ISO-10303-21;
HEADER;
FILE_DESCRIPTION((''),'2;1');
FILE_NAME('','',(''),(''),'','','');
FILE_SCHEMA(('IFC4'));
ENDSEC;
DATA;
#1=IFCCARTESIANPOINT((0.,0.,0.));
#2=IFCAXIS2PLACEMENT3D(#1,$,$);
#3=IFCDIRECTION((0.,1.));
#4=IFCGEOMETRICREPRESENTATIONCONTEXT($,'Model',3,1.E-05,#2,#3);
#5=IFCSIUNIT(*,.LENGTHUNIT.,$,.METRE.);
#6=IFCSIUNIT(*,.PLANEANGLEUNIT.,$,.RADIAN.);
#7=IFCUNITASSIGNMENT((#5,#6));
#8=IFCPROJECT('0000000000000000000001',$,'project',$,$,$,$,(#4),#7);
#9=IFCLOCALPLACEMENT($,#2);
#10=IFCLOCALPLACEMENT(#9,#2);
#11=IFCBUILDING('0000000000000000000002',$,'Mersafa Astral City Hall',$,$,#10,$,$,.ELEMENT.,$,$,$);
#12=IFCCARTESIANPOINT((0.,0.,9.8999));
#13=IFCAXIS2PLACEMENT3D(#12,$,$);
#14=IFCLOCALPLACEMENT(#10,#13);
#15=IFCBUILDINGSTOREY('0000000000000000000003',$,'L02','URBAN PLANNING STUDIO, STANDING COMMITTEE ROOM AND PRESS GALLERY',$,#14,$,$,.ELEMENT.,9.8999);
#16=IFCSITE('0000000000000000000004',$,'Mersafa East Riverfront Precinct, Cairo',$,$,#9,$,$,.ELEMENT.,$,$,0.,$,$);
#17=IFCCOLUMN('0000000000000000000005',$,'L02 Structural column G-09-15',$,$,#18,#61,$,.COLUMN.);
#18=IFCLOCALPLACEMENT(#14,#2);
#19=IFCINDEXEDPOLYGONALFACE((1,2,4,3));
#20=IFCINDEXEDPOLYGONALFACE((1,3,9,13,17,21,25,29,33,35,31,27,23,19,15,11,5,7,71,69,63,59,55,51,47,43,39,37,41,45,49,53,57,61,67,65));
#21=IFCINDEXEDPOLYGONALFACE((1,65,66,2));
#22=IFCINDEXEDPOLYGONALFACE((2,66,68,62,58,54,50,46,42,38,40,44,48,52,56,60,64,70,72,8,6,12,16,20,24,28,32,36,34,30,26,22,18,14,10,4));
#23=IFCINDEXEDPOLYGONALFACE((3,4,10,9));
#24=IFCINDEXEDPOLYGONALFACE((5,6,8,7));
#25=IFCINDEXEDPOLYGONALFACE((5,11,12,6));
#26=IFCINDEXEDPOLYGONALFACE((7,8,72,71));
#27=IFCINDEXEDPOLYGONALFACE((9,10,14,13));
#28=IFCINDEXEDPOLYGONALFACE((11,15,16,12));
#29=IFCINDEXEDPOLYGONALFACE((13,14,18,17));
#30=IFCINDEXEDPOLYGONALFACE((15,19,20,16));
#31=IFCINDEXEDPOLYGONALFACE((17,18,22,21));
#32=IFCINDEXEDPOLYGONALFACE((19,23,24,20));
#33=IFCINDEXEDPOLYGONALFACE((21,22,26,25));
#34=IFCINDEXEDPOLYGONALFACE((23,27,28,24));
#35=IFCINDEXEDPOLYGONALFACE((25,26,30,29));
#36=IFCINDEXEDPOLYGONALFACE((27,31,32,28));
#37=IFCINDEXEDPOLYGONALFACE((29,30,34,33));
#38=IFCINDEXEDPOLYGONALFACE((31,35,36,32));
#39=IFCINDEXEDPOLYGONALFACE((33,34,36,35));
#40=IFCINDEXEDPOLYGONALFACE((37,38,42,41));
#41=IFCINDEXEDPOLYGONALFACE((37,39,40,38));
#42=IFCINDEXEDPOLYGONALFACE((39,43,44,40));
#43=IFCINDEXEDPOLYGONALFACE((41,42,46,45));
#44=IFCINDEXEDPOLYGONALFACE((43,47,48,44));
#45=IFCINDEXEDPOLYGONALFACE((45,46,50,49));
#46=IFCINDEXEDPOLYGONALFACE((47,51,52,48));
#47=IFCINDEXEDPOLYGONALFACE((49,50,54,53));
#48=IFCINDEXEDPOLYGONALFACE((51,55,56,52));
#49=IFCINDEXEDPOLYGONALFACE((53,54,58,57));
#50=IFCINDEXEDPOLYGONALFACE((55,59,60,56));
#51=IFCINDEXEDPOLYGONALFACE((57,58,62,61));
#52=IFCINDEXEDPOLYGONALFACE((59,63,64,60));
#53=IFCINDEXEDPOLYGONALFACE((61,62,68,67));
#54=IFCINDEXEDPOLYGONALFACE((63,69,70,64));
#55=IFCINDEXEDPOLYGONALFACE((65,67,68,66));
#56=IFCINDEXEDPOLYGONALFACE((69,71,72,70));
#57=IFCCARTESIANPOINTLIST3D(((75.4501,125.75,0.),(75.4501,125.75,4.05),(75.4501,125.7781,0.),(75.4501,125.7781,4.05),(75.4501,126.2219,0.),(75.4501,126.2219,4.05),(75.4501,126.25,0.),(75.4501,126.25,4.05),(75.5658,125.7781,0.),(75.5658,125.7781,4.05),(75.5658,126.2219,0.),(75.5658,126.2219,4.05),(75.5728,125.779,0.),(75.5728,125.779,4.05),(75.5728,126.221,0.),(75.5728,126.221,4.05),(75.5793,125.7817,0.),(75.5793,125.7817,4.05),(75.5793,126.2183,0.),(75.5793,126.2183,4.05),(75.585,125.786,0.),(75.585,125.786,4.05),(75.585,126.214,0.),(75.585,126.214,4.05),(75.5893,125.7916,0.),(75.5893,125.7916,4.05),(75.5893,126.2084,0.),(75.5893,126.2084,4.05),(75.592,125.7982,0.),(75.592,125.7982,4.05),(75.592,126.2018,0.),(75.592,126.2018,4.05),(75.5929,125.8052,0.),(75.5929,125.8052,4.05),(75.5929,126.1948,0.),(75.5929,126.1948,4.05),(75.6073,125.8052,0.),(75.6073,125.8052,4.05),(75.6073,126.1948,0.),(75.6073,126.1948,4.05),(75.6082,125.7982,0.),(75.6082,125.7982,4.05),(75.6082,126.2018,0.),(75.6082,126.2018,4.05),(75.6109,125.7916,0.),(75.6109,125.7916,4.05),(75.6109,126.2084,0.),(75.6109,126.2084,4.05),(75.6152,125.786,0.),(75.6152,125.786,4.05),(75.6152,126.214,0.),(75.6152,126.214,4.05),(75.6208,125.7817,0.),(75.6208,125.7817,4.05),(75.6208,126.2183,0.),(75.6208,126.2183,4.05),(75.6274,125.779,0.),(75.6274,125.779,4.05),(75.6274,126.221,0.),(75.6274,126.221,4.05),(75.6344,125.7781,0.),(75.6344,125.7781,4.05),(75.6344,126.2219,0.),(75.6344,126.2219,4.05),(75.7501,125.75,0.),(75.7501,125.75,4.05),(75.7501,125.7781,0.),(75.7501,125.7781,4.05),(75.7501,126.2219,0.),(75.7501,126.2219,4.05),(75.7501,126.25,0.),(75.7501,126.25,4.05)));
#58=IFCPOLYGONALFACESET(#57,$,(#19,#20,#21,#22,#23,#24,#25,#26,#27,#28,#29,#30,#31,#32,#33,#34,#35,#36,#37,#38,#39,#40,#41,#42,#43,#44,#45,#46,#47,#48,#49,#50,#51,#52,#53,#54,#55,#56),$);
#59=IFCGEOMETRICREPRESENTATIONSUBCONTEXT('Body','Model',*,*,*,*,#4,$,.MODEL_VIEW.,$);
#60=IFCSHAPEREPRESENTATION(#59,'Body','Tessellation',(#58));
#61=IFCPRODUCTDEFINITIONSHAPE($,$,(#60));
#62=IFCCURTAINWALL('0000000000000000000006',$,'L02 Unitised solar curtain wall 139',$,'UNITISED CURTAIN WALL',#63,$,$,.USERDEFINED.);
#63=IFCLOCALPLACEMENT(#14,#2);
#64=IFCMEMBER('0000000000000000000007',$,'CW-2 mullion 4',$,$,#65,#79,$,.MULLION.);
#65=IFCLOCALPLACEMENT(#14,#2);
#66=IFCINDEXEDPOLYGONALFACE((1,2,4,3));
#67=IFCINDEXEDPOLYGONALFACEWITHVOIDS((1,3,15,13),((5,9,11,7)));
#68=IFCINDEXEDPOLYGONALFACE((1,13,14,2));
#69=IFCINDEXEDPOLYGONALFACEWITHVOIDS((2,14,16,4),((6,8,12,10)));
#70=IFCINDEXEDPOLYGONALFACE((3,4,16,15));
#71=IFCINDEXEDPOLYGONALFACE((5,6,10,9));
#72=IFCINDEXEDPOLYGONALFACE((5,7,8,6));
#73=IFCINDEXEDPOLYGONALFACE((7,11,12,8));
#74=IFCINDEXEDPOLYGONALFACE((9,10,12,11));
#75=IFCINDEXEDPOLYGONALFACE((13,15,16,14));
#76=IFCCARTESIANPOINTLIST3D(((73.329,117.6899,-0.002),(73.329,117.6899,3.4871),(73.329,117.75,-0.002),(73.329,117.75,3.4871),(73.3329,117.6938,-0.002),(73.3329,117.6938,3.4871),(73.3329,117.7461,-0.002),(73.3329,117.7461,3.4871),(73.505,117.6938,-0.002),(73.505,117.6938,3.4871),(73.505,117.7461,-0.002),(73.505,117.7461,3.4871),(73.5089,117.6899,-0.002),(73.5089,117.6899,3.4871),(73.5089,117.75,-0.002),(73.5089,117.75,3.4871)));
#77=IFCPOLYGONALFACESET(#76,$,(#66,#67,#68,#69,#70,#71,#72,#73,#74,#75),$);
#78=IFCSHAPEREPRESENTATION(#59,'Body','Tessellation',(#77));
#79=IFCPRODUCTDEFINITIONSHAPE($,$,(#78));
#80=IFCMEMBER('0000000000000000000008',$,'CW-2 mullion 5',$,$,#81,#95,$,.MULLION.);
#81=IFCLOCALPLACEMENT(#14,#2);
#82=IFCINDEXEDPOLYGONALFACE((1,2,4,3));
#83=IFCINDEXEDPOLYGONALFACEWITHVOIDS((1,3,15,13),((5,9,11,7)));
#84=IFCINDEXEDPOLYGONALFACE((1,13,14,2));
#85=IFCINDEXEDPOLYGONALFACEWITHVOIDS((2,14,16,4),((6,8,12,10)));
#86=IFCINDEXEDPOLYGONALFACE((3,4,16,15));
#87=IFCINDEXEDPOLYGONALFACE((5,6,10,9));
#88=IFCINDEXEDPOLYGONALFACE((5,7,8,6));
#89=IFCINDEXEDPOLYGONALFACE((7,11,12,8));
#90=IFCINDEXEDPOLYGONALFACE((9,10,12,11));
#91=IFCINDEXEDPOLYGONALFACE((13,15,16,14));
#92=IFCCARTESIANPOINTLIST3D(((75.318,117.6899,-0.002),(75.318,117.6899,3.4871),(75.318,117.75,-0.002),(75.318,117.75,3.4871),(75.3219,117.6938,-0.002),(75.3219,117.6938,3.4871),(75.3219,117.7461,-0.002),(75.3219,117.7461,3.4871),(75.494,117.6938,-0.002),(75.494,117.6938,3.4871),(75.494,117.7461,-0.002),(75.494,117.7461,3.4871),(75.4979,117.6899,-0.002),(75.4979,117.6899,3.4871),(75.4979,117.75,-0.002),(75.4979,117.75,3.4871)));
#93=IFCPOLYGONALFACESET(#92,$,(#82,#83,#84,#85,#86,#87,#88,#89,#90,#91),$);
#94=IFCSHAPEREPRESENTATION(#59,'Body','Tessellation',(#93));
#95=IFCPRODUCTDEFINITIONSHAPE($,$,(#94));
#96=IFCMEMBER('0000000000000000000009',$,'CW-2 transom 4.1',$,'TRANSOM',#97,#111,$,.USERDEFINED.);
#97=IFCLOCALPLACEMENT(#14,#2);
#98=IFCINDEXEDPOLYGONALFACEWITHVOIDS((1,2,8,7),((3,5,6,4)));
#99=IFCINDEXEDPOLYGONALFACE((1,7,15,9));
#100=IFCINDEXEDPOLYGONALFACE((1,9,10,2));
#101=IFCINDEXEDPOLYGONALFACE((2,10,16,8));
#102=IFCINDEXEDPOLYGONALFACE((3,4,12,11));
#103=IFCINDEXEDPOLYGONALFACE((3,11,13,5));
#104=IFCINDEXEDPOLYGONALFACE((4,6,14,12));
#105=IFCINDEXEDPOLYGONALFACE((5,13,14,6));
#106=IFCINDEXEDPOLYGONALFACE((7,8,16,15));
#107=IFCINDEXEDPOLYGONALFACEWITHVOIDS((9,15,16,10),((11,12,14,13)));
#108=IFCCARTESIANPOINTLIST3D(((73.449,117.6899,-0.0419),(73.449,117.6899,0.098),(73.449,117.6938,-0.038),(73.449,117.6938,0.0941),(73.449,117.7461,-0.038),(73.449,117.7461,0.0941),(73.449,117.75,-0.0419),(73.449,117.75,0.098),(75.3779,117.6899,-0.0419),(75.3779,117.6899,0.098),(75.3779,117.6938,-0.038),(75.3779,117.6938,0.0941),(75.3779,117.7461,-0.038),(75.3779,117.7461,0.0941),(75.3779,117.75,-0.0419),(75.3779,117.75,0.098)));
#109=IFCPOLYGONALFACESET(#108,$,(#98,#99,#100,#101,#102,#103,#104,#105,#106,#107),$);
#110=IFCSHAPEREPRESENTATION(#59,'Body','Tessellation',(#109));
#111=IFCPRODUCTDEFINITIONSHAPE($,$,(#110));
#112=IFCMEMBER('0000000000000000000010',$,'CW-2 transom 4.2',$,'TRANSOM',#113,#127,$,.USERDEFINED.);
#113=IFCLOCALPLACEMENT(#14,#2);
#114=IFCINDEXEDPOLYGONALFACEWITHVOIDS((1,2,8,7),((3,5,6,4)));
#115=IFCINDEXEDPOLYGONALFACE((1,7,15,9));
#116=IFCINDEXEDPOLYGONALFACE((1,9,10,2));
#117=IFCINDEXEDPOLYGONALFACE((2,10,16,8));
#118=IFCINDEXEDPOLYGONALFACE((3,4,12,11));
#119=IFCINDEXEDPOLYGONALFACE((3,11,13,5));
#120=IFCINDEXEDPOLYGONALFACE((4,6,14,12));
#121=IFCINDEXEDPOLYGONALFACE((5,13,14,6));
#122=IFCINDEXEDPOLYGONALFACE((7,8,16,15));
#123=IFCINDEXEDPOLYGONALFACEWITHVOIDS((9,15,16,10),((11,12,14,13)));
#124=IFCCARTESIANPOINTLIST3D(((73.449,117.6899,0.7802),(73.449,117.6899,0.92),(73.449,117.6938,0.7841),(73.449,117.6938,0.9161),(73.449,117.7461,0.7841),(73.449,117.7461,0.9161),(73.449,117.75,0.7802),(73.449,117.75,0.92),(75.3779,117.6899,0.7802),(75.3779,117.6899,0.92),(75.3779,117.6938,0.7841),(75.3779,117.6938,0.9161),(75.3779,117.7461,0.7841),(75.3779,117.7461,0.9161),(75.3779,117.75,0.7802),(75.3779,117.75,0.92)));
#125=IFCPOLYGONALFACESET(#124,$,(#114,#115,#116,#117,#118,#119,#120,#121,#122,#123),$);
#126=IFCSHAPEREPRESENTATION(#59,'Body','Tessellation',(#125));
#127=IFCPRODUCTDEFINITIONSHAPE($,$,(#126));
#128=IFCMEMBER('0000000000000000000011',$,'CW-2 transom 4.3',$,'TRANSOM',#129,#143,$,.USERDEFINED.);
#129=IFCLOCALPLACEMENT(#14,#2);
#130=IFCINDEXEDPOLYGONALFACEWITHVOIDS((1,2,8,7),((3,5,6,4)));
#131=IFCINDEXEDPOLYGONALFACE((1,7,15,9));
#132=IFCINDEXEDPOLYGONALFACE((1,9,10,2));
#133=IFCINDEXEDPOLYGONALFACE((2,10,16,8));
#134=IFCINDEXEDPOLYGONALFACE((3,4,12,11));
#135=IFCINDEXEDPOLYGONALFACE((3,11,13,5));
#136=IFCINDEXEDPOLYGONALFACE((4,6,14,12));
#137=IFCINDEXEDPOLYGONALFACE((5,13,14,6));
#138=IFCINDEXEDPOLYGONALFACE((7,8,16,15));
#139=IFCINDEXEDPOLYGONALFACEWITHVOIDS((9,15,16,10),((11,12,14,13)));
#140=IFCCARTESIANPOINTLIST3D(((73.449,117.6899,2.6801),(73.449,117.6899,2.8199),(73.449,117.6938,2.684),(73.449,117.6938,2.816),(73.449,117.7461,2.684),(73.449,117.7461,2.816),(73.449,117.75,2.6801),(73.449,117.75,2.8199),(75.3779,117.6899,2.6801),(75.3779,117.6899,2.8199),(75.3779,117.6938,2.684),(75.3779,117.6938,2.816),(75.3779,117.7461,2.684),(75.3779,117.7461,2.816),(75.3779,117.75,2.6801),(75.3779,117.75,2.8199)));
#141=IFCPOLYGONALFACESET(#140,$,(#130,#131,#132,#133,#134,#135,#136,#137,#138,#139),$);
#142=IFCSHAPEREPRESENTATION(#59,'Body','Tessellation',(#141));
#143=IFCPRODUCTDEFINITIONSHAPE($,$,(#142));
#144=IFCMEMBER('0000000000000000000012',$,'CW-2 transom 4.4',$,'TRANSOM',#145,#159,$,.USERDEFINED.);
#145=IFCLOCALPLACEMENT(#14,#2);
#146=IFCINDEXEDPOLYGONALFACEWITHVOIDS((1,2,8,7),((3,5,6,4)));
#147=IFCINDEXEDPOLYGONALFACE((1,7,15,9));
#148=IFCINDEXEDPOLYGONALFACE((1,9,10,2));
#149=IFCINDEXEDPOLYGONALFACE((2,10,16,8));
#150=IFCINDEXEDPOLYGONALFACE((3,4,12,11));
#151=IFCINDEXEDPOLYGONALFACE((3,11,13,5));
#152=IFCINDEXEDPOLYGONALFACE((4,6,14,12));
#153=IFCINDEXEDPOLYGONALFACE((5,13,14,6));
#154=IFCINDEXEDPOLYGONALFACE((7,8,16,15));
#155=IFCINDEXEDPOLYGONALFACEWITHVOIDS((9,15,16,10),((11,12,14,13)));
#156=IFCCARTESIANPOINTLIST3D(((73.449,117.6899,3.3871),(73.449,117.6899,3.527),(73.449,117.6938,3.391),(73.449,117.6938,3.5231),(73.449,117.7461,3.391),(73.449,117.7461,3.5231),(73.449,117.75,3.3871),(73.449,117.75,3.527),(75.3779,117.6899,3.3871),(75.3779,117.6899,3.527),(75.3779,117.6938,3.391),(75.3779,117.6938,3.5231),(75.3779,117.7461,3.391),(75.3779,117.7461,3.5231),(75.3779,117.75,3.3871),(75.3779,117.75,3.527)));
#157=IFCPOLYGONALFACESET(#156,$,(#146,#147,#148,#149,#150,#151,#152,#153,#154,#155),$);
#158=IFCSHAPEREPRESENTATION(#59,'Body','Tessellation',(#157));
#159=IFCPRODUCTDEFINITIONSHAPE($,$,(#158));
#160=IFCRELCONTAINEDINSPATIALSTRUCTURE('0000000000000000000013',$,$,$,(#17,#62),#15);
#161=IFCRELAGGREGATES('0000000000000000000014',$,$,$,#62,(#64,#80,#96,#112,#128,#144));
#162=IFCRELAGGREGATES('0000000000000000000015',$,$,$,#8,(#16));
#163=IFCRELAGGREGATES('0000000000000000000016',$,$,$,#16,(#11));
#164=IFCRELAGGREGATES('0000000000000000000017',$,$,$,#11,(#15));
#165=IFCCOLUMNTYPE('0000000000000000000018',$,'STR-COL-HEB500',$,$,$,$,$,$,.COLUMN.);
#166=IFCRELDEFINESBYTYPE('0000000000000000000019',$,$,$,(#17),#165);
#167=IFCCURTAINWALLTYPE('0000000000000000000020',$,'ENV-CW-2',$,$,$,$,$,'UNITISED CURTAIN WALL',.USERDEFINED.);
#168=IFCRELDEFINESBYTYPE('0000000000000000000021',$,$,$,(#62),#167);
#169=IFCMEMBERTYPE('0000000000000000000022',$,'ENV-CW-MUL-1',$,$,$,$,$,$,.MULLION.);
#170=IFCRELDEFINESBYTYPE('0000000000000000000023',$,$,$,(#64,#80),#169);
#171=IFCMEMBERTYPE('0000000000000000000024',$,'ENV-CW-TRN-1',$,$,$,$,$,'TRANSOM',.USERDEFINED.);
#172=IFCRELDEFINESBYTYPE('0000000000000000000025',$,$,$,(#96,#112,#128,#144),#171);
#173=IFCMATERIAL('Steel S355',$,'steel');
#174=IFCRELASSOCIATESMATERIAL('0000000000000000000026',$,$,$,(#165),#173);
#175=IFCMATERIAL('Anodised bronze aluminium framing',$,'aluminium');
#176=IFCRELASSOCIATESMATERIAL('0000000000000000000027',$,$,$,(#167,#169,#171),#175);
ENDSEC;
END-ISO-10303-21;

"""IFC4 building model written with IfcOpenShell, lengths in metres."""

from ifc_helpers import new_model, si_unit, direction, frame, origin, origin_2d, place, context, subcontext, project, spatial, hollow_rectangle, i_section, extrude, material, material_profile, profile_set, type_object, element, aggregate, save


model = new_model("IFC4")

# Units and contexts
model_context = context("Model", 3, precision=1e-05, world=origin(), true_north=direction((0.0, 1.0)))
body_context = subcontext(model_context, "Body", "Model", "MODEL_VIEW")
ifc_project = project(units=[si_unit("LENGTHUNIT", "METRE"), si_unit("PLANEANGLEUNIT", "RADIAN")], contexts=[model_context])

# Site, building, storey
site_placement = place(None, origin())
site = spatial("IfcSite", under=ifc_project, at=site_placement, Name="Mersafa East Riverfront Precinct, Cairo", CompositionType="ELEMENT", RefElevation=0.0)
building_placement = place(site_placement, origin())
building = spatial("IfcBuilding", under=site, at=building_placement, Name="Mersafa Astral City Hall", CompositionType="ELEMENT")
storey_placement = place(building_placement, frame((0.0, 0.0, 9.8999)))
storey = spatial("IfcBuildingStorey", under=building, at=storey_placement, Name="L02", Description="URBAN PLANNING STUDIO, STANDING COMMITTEE ROOM AND PRESS GALLERY", CompositionType="ELEMENT", Elevation=9.8999)

# Column
ifc_material_1 = material(Name="Steel S355", Category="steel")
ifc_material_profile_1 = material_profile(ifc_material_1, i_section(OverallWidth=0.3, OverallDepth=0.5, WebThickness=0.0144, FlangeThickness=0.0281, FilletRadius=0.0271, at=origin_2d()), Name="HEB 500")
ifc_profile_set_1 = profile_set([ifc_material_profile_1], Name="Steel S355")
column_type = type_object("IfcColumnType", Name="STR-COL-HEB500", PredefinedType="COLUMN", material=ifc_profile_set_1)
column_placement = place(storey_placement, frame((75.6001, 126.0, 0.0), z_axis=(0.0, 0.0, 1.0), x_axis=(1.0, 0.0, 0.0)))
element("IfcColumn", 1, at=column_placement, inside=storey, type_object=column_type, Name="L02 Structural column G-09-15", PredefinedType="COLUMN", context=body_context, shape_type="SweptSolid", body=[
    extrude(i_section(OverallWidth=0.3, OverallDepth=0.5, WebThickness=0.0144, FlangeThickness=0.0281, FilletRadius=0.0271, at=origin_2d()), origin(), (0.0, 0.0, 1.0), 4.05),
])

# Curtain wall, members
ifc_material_2 = material(Name="Anodised bronze aluminium framing", Category="aluminium")
curtain_wall_type = type_object("IfcCurtainWallType", Name="ENV-CW-2", ElementType="UNITISED CURTAIN WALL", PredefinedType="USERDEFINED", material=ifc_material_2)
curtain_wall_placement = place(storey_placement, origin())
curtain_wall = element("IfcCurtainWall", 2, at=curtain_wall_placement, inside=storey, type_object=curtain_wall_type, Name="L02 Unitised solar curtain wall 139", ObjectType="UNITISED CURTAIN WALL", PredefinedType="USERDEFINED")
ifc_material_profile_2 = material_profile(ifc_material_2, hollow_rectangle(XDim=0.0601, YDim=0.1799, WallThickness=0.0039, at=origin_2d()), Name="RHS 60x180x4")
ifc_profile_set_2 = profile_set([ifc_material_profile_2], Name="Anodised bronze aluminium framing")
member_type_1 = type_object("IfcMemberType", Name="ENV-CW-MUL-1", PredefinedType="MULLION", material=ifc_profile_set_2)
member_1_placement = place(storey_placement, frame((73.4189, 117.72, -0.002), z_axis=(0.0, 0.0, 1.0), x_axis=(0.0, 1.0, 0.0)))
member_1 = element("IfcMember", 3, at=member_1_placement, type_object=member_type_1, Name="CW-2 mullion 4", PredefinedType="MULLION", context=body_context, shape_type="SweptSolid", body=[
    extrude(hollow_rectangle(XDim=0.0601, YDim=0.1799, WallThickness=0.0039, at=origin_2d()), origin(), (0.0, 0.0, 1.0), 3.489),
])
member_2_placement = place(storey_placement, frame((75.408, 117.72, -0.002), z_axis=(0.0, 0.0, 1.0), x_axis=(0.0, 1.0, 0.0)))
member_2 = element("IfcMember", 4, at=member_2_placement, type_object=member_type_1, Name="CW-2 mullion 5", PredefinedType="MULLION", context=body_context, shape_type="SweptSolid", body=[
    extrude(hollow_rectangle(XDim=0.0601, YDim=0.1799, WallThickness=0.0039, at=origin_2d()), origin(), (0.0, 0.0, 1.0), 3.489),
])
ifc_material_profile_3 = material_profile(ifc_material_2, hollow_rectangle(XDim=0.0601, YDim=0.1399, WallThickness=0.0039, at=origin_2d()), Name="RHS 60x140x4")
ifc_profile_set_3 = profile_set([ifc_material_profile_3], Name="Anodised bronze aluminium framing")
member_type_2 = type_object("IfcMemberType", Name="ENV-CW-TRN-1", ElementType="TRANSOM", PredefinedType="USERDEFINED", material=ifc_profile_set_3)
member_3_placement = place(storey_placement, frame((73.449, 117.72, 0.0281), z_axis=(1.0, 0.0, 0.0), x_axis=(0.0, 1.0, 0.0)))
member_3 = element("IfcMember", 5, at=member_3_placement, type_object=member_type_2, Name="CW-2 transom 4.1", ObjectType="TRANSOM", PredefinedType="USERDEFINED", context=body_context, shape_type="SweptSolid", body=[
    extrude(hollow_rectangle(XDim=0.0601, YDim=0.1399, WallThickness=0.0039, at=origin_2d()), origin(), (0.0, 0.0, 1.0), 1.929),
])
member_4_placement = place(storey_placement, frame((73.449, 117.72, 0.8501), z_axis=(1.0, 0.0, 0.0), x_axis=(0.0, 1.0, 0.0)))
member_4 = element("IfcMember", 6, at=member_4_placement, type_object=member_type_2, Name="CW-2 transom 4.2", ObjectType="TRANSOM", PredefinedType="USERDEFINED", context=body_context, shape_type="SweptSolid", body=[
    extrude(hollow_rectangle(XDim=0.0601, YDim=0.1399, WallThickness=0.0039, at=origin_2d()), origin(), (0.0, 0.0, 1.0), 1.929),
])
member_5_placement = place(storey_placement, frame((73.449, 117.72, 2.75), z_axis=(1.0, 0.0, 0.0), x_axis=(0.0, 1.0, 0.0)))
member_5 = element("IfcMember", 7, at=member_5_placement, type_object=member_type_2, Name="CW-2 transom 4.3", ObjectType="TRANSOM", PredefinedType="USERDEFINED", context=body_context, shape_type="SweptSolid", body=[
    extrude(hollow_rectangle(XDim=0.0601, YDim=0.1399, WallThickness=0.0039, at=origin_2d()), origin(), (0.0, 0.0, 1.0), 1.929),
])
member_6_placement = place(storey_placement, frame((73.449, 117.72, 3.457), z_axis=(1.0, 0.0, 0.0), x_axis=(0.0, 1.0, 0.0)))
member_6 = element("IfcMember", 8, at=member_6_placement, type_object=member_type_2, Name="CW-2 transom 4.4", ObjectType="TRANSOM", PredefinedType="USERDEFINED", context=body_context, shape_type="SweptSolid", body=[
    extrude(hollow_rectangle(XDim=0.0601, YDim=0.1399, WallThickness=0.0039, at=origin_2d()), origin(), (0.0, 0.0, 1.0), 1.929),
])

aggregate(curtain_wall, [member_1, member_2, member_3, member_4, member_5, member_6])

save(model, "model.ifc")
